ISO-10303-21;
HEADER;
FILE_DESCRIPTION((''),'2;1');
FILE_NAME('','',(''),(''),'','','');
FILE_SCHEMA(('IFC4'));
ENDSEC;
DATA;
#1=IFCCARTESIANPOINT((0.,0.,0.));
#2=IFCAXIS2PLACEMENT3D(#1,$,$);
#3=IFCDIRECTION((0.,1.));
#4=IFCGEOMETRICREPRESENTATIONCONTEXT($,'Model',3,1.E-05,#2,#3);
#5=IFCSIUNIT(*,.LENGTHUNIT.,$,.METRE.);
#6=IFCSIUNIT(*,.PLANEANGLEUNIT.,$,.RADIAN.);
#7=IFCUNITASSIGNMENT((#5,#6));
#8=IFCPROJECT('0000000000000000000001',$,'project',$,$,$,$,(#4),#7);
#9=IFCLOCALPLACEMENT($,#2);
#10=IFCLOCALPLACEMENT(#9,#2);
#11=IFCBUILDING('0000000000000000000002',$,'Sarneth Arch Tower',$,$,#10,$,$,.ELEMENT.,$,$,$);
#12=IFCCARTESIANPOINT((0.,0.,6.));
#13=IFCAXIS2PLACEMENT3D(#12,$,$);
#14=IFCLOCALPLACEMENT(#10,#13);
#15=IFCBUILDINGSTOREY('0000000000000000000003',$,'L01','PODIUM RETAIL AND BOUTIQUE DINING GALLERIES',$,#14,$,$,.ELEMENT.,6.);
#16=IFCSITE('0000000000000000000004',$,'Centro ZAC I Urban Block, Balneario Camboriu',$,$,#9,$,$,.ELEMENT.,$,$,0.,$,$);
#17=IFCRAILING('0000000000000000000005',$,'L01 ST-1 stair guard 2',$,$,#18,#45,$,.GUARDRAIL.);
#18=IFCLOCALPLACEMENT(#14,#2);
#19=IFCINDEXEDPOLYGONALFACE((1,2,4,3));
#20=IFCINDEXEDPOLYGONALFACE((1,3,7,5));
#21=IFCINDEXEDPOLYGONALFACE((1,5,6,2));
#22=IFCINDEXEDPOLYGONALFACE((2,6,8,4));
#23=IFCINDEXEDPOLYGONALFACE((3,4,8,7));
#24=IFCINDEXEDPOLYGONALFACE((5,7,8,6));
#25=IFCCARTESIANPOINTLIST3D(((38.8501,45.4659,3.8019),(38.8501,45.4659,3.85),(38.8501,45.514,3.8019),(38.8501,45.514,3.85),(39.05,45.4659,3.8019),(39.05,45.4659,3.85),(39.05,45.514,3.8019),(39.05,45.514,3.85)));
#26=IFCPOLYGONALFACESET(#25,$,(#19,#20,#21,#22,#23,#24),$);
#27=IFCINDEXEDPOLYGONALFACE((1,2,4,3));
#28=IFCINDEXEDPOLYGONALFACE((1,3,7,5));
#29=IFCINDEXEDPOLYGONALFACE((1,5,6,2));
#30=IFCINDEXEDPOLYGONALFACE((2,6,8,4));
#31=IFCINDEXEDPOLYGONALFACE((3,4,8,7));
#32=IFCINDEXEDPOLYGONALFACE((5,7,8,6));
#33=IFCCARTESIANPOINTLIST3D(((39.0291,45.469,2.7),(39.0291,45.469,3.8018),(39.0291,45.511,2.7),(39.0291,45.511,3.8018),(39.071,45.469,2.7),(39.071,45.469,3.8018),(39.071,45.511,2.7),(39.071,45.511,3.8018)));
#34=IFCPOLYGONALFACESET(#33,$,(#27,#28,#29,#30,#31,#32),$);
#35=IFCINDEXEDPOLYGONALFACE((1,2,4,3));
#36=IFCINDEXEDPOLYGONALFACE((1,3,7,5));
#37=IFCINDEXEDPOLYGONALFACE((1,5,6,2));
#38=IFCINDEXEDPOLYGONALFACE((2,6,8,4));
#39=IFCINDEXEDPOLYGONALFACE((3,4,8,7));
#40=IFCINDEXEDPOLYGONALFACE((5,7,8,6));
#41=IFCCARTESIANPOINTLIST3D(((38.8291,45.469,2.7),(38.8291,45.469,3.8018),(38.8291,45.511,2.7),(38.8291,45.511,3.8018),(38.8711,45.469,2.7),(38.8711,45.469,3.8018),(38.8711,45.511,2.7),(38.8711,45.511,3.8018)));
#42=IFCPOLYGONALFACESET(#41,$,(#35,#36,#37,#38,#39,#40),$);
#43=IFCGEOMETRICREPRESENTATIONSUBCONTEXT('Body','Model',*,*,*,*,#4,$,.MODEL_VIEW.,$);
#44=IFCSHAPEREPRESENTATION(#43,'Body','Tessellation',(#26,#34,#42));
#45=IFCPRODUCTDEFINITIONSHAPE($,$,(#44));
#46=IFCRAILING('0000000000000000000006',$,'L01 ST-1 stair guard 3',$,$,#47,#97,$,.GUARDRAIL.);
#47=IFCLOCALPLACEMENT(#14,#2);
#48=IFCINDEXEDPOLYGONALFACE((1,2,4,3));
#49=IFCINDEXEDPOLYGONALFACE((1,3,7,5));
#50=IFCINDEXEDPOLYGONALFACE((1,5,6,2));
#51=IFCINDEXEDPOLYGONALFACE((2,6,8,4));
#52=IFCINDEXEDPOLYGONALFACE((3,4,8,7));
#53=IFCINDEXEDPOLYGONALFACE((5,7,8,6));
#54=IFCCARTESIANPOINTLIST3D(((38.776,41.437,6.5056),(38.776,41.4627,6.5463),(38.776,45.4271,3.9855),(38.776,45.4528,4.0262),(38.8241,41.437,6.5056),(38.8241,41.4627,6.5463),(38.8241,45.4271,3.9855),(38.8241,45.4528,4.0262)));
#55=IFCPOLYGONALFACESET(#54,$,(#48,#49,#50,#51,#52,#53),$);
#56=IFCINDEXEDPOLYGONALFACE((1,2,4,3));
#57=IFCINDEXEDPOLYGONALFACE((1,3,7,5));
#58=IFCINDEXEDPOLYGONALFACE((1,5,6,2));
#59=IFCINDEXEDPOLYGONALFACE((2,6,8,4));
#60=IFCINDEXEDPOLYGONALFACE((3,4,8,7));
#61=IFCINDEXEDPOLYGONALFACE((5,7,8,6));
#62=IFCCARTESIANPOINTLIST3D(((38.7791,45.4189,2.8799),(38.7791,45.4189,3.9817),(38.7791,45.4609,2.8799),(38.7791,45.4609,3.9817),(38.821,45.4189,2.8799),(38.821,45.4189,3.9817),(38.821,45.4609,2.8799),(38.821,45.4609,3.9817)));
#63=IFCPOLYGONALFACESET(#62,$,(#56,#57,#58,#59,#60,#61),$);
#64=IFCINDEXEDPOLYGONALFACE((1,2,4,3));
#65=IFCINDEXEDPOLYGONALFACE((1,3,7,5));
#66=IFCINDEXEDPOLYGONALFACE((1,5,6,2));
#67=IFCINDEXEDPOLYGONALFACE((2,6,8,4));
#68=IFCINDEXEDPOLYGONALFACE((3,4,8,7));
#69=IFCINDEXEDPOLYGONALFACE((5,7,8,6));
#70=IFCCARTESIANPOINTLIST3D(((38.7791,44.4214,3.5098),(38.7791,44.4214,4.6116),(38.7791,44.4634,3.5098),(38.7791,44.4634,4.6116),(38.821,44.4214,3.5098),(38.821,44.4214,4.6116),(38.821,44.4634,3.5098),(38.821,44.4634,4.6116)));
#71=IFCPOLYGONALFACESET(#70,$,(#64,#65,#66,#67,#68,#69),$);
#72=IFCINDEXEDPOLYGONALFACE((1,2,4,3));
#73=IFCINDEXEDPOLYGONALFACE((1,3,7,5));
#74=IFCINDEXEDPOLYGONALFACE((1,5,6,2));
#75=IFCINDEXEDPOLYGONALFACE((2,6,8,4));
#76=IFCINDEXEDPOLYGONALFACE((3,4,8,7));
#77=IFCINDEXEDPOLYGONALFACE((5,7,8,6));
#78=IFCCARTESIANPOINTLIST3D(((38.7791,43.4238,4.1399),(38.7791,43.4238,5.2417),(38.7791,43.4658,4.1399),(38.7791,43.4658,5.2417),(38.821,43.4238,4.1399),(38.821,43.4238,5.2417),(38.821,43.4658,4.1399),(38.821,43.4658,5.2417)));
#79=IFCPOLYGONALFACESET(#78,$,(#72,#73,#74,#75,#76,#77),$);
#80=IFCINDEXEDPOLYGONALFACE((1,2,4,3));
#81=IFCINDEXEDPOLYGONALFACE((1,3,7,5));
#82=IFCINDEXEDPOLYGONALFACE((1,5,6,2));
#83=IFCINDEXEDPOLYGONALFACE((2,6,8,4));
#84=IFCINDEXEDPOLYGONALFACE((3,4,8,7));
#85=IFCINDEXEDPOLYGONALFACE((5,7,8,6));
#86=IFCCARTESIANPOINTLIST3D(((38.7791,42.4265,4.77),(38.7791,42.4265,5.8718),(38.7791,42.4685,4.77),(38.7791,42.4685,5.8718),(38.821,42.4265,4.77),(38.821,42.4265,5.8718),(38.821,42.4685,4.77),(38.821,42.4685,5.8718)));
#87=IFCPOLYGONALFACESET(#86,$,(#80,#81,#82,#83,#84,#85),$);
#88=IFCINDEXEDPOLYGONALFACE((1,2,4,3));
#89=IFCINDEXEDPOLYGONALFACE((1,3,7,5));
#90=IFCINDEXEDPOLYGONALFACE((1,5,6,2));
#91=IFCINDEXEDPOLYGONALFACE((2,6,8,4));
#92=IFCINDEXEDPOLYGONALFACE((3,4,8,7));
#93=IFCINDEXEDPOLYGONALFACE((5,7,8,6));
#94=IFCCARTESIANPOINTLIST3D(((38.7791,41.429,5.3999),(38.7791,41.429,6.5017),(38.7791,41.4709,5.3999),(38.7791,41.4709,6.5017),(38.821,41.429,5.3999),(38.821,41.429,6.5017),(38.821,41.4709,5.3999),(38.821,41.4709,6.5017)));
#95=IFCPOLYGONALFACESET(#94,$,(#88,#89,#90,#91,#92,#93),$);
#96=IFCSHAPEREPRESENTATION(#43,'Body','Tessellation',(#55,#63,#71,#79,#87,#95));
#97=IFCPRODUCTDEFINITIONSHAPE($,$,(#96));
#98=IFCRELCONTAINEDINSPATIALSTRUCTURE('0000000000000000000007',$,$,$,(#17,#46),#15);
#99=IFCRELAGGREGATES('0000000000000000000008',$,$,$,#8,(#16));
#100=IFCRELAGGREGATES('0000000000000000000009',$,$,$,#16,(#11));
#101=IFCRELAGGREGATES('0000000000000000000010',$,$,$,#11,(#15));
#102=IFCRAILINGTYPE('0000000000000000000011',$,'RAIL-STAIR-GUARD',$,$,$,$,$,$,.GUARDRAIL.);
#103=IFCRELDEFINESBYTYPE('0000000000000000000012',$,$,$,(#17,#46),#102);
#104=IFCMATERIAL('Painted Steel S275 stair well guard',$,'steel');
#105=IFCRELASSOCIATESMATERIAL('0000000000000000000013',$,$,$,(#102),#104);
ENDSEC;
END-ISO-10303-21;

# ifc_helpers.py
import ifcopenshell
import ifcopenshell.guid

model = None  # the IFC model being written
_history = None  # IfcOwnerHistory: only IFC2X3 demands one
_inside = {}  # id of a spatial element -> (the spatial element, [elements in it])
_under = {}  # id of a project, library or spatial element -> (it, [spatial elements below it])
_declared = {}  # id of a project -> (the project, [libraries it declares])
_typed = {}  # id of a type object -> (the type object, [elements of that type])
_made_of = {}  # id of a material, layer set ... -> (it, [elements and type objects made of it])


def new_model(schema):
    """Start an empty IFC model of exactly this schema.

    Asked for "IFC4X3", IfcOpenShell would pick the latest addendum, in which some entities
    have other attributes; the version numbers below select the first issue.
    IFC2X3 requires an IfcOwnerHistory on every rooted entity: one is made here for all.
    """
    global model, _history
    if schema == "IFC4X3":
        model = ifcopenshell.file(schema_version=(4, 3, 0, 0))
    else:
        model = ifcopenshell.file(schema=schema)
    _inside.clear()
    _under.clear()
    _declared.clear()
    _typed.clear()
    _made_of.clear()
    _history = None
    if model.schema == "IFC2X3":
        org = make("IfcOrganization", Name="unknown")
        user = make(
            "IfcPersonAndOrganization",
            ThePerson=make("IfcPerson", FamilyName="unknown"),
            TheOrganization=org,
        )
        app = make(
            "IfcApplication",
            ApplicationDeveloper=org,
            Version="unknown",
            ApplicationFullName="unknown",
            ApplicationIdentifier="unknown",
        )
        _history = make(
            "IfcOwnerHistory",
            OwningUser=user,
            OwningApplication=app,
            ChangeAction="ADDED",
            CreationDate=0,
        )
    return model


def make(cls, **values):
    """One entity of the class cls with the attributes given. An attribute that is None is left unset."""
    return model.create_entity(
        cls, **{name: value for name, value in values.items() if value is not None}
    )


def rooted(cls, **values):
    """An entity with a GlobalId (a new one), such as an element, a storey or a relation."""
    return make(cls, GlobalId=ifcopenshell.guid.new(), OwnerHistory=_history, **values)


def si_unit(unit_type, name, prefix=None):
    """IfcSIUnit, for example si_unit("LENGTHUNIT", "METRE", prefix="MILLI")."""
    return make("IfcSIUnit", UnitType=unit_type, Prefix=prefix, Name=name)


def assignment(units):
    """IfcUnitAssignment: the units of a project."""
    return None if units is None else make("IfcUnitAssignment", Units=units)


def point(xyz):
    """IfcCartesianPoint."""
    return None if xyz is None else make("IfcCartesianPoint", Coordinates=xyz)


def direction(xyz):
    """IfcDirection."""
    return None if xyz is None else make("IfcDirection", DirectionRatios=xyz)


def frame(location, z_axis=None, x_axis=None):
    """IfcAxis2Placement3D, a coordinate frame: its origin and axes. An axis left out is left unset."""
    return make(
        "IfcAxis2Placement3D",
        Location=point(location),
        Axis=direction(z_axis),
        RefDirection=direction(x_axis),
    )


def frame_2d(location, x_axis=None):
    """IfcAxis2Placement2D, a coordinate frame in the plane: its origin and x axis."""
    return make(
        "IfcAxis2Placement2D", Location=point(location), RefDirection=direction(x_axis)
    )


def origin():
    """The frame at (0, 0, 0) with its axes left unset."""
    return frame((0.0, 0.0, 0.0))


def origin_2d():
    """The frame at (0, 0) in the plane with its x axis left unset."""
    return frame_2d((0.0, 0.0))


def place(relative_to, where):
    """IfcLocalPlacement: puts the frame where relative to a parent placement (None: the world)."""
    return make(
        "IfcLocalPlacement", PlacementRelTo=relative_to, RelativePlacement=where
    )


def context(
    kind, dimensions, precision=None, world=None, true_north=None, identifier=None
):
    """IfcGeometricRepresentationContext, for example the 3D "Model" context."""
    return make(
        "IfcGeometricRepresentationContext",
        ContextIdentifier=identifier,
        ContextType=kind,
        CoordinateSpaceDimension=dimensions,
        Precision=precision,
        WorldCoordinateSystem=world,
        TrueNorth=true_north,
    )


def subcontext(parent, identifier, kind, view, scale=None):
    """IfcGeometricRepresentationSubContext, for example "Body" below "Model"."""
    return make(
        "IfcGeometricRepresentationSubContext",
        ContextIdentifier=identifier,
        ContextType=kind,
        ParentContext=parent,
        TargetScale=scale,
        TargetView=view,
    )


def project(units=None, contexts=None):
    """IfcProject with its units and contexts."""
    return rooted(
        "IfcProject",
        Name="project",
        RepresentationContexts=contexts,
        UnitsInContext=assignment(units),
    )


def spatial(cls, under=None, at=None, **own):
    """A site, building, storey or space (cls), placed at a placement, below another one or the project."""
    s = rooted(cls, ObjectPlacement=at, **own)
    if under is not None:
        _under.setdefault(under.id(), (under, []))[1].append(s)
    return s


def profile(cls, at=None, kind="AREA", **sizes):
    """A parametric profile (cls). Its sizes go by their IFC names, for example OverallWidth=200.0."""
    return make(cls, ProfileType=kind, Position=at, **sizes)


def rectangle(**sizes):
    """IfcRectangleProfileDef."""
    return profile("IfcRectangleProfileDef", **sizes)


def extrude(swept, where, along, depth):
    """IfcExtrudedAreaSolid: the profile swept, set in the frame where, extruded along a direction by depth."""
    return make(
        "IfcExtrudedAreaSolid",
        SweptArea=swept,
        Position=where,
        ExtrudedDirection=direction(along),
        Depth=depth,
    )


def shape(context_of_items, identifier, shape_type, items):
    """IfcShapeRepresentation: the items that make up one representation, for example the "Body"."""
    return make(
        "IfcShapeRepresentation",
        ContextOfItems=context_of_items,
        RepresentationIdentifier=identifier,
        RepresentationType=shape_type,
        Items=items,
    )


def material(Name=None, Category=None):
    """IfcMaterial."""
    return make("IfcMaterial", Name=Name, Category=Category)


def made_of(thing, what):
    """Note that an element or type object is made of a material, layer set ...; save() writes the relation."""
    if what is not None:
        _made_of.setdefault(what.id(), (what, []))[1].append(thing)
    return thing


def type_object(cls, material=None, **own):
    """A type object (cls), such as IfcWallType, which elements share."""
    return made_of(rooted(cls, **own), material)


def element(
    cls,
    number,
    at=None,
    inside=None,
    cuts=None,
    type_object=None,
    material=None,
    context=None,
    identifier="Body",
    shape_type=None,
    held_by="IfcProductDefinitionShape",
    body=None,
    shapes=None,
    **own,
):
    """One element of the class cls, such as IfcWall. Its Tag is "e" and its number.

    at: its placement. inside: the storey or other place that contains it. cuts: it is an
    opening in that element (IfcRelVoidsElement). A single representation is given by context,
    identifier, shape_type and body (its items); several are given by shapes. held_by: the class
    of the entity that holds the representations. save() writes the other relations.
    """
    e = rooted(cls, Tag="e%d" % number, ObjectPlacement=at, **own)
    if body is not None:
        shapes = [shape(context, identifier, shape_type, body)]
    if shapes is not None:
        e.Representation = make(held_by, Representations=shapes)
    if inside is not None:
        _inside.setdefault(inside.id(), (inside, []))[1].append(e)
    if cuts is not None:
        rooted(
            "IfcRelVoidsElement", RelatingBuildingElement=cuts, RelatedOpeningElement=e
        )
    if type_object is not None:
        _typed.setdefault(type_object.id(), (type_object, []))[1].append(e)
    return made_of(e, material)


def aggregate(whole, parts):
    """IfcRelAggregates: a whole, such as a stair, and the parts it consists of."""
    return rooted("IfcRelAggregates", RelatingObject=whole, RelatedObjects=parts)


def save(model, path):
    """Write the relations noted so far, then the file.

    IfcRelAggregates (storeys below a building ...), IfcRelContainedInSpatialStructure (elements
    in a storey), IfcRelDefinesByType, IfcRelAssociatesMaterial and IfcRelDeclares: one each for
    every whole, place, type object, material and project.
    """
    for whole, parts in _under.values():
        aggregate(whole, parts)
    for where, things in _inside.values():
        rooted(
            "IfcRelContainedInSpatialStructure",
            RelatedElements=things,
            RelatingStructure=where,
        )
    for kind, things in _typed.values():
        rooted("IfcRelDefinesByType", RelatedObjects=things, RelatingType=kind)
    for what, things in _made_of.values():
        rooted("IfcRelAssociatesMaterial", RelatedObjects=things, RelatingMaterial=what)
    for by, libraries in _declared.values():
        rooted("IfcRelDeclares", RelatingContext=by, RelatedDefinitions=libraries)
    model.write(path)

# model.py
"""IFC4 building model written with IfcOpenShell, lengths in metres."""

from ifc_helpers import new_model, si_unit, direction, frame, origin, origin_2d, place, context, subcontext, project, spatial, rectangle, extrude, material, type_object, element, save


model = new_model("IFC4")

# Units and contexts
model_context = context("Model", 3, precision=1e-05, world=origin(), true_north=direction((0.0, 1.0)))
body_context = subcontext(model_context, "Body", "Model", "MODEL_VIEW")
ifc_project = project(units=[si_unit("LENGTHUNIT", "METRE"), si_unit("PLANEANGLEUNIT", "RADIAN")], contexts=[model_context])

# Site, building, storey
site_placement = place(None, origin())
site = spatial("IfcSite", under=ifc_project, at=site_placement, Name="Centro ZAC I Urban Block, Balneario Camboriu", CompositionType="ELEMENT", RefElevation=0.0)
building_placement = place(site_placement, origin())
building = spatial("IfcBuilding", under=site, at=building_placement, Name="Sarneth Arch Tower", CompositionType="ELEMENT")
storey_placement = place(building_placement, frame((0.0, 0.0, 6.0)))
storey = spatial("IfcBuildingStorey", under=building, at=storey_placement, Name="L01", Description="PODIUM RETAIL AND BOUTIQUE DINING GALLERIES", CompositionType="ELEMENT", Elevation=6.0)

# Railings
ifc_material_1 = material(Name="Painted Steel S275 stair well guard", Category="steel")
railing_type = type_object("IfcRailingType", Name="RAIL-STAIR-GUARD", PredefinedType="GUARDRAIL", material=ifc_material_1)
railing_1_placement = place(storey_placement, frame((39.05, 45.49, 2.7)))
element("IfcRailing", 1, at=railing_1_placement, inside=storey, type_object=railing_type, Name="L01 ST-1 stair guard 2", PredefinedType="GUARDRAIL", context=body_context, shape_type="SweptSolid", body=[
    extrude(rectangle(XDim=0.0481, YDim=0.0481, at=origin_2d()), frame((0.0, 0.0, 1.126), z_axis=(-1.0, 0.0, 0.0), x_axis=(0.0, -1.0, 0.0)), (0.0, 0.0, 1.0), 0.2),
    extrude(rectangle(XDim=0.042, YDim=0.042, at=origin_2d()), origin(), (0.0, 0.0, 1.0), 1.1018),
    extrude(rectangle(XDim=0.042, YDim=0.042, at=origin_2d()), frame((-0.2, 0.0, 0.0)), (0.0, 0.0, 1.0), 1.1018),
])
railing_2_placement = place(storey_placement, frame((38.8, 45.4399, 2.8799)))
element("IfcRailing", 2, at=railing_2_placement, inside=storey, type_object=railing_type, Name="L01 ST-1 stair guard 3", PredefinedType="GUARDRAIL", context=body_context, shape_type="SweptSolid", body=[
    extrude(rectangle(XDim=0.0481, YDim=0.0481, at=origin_2d()), frame((0.0, 0.0, 1.126), z_axis=(0.0, -0.845486, 0.533997), x_axis=(1.0, 0.0, 0.0)), (0.0, 0.0, 1.0), 4.7192),
    extrude(rectangle(XDim=0.042, YDim=0.042, at=origin_2d()), origin(), (0.0, 0.0, 1.0), 1.1018),
    extrude(rectangle(XDim=0.042, YDim=0.042, at=origin_2d()), frame((0.0, -0.9976, 0.6299)), (0.0, 0.0, 1.0), 1.1018),
    extrude(rectangle(XDim=0.042, YDim=0.042, at=origin_2d()), frame((0.0, -1.9951, 1.26)), (0.0, 0.0, 1.0), 1.1018),
    extrude(rectangle(XDim=0.042, YDim=0.042, at=origin_2d()), frame((0.0, -2.9924, 1.8901)), (0.0, 0.0, 1.0), 1.1018),
    extrude(rectangle(XDim=0.042, YDim=0.042, at=origin_2d()), frame((0.0, -3.99, 2.52)), (0.0, 0.0, 1.0), 1.1018),
])

save(model, "model.ifc")
